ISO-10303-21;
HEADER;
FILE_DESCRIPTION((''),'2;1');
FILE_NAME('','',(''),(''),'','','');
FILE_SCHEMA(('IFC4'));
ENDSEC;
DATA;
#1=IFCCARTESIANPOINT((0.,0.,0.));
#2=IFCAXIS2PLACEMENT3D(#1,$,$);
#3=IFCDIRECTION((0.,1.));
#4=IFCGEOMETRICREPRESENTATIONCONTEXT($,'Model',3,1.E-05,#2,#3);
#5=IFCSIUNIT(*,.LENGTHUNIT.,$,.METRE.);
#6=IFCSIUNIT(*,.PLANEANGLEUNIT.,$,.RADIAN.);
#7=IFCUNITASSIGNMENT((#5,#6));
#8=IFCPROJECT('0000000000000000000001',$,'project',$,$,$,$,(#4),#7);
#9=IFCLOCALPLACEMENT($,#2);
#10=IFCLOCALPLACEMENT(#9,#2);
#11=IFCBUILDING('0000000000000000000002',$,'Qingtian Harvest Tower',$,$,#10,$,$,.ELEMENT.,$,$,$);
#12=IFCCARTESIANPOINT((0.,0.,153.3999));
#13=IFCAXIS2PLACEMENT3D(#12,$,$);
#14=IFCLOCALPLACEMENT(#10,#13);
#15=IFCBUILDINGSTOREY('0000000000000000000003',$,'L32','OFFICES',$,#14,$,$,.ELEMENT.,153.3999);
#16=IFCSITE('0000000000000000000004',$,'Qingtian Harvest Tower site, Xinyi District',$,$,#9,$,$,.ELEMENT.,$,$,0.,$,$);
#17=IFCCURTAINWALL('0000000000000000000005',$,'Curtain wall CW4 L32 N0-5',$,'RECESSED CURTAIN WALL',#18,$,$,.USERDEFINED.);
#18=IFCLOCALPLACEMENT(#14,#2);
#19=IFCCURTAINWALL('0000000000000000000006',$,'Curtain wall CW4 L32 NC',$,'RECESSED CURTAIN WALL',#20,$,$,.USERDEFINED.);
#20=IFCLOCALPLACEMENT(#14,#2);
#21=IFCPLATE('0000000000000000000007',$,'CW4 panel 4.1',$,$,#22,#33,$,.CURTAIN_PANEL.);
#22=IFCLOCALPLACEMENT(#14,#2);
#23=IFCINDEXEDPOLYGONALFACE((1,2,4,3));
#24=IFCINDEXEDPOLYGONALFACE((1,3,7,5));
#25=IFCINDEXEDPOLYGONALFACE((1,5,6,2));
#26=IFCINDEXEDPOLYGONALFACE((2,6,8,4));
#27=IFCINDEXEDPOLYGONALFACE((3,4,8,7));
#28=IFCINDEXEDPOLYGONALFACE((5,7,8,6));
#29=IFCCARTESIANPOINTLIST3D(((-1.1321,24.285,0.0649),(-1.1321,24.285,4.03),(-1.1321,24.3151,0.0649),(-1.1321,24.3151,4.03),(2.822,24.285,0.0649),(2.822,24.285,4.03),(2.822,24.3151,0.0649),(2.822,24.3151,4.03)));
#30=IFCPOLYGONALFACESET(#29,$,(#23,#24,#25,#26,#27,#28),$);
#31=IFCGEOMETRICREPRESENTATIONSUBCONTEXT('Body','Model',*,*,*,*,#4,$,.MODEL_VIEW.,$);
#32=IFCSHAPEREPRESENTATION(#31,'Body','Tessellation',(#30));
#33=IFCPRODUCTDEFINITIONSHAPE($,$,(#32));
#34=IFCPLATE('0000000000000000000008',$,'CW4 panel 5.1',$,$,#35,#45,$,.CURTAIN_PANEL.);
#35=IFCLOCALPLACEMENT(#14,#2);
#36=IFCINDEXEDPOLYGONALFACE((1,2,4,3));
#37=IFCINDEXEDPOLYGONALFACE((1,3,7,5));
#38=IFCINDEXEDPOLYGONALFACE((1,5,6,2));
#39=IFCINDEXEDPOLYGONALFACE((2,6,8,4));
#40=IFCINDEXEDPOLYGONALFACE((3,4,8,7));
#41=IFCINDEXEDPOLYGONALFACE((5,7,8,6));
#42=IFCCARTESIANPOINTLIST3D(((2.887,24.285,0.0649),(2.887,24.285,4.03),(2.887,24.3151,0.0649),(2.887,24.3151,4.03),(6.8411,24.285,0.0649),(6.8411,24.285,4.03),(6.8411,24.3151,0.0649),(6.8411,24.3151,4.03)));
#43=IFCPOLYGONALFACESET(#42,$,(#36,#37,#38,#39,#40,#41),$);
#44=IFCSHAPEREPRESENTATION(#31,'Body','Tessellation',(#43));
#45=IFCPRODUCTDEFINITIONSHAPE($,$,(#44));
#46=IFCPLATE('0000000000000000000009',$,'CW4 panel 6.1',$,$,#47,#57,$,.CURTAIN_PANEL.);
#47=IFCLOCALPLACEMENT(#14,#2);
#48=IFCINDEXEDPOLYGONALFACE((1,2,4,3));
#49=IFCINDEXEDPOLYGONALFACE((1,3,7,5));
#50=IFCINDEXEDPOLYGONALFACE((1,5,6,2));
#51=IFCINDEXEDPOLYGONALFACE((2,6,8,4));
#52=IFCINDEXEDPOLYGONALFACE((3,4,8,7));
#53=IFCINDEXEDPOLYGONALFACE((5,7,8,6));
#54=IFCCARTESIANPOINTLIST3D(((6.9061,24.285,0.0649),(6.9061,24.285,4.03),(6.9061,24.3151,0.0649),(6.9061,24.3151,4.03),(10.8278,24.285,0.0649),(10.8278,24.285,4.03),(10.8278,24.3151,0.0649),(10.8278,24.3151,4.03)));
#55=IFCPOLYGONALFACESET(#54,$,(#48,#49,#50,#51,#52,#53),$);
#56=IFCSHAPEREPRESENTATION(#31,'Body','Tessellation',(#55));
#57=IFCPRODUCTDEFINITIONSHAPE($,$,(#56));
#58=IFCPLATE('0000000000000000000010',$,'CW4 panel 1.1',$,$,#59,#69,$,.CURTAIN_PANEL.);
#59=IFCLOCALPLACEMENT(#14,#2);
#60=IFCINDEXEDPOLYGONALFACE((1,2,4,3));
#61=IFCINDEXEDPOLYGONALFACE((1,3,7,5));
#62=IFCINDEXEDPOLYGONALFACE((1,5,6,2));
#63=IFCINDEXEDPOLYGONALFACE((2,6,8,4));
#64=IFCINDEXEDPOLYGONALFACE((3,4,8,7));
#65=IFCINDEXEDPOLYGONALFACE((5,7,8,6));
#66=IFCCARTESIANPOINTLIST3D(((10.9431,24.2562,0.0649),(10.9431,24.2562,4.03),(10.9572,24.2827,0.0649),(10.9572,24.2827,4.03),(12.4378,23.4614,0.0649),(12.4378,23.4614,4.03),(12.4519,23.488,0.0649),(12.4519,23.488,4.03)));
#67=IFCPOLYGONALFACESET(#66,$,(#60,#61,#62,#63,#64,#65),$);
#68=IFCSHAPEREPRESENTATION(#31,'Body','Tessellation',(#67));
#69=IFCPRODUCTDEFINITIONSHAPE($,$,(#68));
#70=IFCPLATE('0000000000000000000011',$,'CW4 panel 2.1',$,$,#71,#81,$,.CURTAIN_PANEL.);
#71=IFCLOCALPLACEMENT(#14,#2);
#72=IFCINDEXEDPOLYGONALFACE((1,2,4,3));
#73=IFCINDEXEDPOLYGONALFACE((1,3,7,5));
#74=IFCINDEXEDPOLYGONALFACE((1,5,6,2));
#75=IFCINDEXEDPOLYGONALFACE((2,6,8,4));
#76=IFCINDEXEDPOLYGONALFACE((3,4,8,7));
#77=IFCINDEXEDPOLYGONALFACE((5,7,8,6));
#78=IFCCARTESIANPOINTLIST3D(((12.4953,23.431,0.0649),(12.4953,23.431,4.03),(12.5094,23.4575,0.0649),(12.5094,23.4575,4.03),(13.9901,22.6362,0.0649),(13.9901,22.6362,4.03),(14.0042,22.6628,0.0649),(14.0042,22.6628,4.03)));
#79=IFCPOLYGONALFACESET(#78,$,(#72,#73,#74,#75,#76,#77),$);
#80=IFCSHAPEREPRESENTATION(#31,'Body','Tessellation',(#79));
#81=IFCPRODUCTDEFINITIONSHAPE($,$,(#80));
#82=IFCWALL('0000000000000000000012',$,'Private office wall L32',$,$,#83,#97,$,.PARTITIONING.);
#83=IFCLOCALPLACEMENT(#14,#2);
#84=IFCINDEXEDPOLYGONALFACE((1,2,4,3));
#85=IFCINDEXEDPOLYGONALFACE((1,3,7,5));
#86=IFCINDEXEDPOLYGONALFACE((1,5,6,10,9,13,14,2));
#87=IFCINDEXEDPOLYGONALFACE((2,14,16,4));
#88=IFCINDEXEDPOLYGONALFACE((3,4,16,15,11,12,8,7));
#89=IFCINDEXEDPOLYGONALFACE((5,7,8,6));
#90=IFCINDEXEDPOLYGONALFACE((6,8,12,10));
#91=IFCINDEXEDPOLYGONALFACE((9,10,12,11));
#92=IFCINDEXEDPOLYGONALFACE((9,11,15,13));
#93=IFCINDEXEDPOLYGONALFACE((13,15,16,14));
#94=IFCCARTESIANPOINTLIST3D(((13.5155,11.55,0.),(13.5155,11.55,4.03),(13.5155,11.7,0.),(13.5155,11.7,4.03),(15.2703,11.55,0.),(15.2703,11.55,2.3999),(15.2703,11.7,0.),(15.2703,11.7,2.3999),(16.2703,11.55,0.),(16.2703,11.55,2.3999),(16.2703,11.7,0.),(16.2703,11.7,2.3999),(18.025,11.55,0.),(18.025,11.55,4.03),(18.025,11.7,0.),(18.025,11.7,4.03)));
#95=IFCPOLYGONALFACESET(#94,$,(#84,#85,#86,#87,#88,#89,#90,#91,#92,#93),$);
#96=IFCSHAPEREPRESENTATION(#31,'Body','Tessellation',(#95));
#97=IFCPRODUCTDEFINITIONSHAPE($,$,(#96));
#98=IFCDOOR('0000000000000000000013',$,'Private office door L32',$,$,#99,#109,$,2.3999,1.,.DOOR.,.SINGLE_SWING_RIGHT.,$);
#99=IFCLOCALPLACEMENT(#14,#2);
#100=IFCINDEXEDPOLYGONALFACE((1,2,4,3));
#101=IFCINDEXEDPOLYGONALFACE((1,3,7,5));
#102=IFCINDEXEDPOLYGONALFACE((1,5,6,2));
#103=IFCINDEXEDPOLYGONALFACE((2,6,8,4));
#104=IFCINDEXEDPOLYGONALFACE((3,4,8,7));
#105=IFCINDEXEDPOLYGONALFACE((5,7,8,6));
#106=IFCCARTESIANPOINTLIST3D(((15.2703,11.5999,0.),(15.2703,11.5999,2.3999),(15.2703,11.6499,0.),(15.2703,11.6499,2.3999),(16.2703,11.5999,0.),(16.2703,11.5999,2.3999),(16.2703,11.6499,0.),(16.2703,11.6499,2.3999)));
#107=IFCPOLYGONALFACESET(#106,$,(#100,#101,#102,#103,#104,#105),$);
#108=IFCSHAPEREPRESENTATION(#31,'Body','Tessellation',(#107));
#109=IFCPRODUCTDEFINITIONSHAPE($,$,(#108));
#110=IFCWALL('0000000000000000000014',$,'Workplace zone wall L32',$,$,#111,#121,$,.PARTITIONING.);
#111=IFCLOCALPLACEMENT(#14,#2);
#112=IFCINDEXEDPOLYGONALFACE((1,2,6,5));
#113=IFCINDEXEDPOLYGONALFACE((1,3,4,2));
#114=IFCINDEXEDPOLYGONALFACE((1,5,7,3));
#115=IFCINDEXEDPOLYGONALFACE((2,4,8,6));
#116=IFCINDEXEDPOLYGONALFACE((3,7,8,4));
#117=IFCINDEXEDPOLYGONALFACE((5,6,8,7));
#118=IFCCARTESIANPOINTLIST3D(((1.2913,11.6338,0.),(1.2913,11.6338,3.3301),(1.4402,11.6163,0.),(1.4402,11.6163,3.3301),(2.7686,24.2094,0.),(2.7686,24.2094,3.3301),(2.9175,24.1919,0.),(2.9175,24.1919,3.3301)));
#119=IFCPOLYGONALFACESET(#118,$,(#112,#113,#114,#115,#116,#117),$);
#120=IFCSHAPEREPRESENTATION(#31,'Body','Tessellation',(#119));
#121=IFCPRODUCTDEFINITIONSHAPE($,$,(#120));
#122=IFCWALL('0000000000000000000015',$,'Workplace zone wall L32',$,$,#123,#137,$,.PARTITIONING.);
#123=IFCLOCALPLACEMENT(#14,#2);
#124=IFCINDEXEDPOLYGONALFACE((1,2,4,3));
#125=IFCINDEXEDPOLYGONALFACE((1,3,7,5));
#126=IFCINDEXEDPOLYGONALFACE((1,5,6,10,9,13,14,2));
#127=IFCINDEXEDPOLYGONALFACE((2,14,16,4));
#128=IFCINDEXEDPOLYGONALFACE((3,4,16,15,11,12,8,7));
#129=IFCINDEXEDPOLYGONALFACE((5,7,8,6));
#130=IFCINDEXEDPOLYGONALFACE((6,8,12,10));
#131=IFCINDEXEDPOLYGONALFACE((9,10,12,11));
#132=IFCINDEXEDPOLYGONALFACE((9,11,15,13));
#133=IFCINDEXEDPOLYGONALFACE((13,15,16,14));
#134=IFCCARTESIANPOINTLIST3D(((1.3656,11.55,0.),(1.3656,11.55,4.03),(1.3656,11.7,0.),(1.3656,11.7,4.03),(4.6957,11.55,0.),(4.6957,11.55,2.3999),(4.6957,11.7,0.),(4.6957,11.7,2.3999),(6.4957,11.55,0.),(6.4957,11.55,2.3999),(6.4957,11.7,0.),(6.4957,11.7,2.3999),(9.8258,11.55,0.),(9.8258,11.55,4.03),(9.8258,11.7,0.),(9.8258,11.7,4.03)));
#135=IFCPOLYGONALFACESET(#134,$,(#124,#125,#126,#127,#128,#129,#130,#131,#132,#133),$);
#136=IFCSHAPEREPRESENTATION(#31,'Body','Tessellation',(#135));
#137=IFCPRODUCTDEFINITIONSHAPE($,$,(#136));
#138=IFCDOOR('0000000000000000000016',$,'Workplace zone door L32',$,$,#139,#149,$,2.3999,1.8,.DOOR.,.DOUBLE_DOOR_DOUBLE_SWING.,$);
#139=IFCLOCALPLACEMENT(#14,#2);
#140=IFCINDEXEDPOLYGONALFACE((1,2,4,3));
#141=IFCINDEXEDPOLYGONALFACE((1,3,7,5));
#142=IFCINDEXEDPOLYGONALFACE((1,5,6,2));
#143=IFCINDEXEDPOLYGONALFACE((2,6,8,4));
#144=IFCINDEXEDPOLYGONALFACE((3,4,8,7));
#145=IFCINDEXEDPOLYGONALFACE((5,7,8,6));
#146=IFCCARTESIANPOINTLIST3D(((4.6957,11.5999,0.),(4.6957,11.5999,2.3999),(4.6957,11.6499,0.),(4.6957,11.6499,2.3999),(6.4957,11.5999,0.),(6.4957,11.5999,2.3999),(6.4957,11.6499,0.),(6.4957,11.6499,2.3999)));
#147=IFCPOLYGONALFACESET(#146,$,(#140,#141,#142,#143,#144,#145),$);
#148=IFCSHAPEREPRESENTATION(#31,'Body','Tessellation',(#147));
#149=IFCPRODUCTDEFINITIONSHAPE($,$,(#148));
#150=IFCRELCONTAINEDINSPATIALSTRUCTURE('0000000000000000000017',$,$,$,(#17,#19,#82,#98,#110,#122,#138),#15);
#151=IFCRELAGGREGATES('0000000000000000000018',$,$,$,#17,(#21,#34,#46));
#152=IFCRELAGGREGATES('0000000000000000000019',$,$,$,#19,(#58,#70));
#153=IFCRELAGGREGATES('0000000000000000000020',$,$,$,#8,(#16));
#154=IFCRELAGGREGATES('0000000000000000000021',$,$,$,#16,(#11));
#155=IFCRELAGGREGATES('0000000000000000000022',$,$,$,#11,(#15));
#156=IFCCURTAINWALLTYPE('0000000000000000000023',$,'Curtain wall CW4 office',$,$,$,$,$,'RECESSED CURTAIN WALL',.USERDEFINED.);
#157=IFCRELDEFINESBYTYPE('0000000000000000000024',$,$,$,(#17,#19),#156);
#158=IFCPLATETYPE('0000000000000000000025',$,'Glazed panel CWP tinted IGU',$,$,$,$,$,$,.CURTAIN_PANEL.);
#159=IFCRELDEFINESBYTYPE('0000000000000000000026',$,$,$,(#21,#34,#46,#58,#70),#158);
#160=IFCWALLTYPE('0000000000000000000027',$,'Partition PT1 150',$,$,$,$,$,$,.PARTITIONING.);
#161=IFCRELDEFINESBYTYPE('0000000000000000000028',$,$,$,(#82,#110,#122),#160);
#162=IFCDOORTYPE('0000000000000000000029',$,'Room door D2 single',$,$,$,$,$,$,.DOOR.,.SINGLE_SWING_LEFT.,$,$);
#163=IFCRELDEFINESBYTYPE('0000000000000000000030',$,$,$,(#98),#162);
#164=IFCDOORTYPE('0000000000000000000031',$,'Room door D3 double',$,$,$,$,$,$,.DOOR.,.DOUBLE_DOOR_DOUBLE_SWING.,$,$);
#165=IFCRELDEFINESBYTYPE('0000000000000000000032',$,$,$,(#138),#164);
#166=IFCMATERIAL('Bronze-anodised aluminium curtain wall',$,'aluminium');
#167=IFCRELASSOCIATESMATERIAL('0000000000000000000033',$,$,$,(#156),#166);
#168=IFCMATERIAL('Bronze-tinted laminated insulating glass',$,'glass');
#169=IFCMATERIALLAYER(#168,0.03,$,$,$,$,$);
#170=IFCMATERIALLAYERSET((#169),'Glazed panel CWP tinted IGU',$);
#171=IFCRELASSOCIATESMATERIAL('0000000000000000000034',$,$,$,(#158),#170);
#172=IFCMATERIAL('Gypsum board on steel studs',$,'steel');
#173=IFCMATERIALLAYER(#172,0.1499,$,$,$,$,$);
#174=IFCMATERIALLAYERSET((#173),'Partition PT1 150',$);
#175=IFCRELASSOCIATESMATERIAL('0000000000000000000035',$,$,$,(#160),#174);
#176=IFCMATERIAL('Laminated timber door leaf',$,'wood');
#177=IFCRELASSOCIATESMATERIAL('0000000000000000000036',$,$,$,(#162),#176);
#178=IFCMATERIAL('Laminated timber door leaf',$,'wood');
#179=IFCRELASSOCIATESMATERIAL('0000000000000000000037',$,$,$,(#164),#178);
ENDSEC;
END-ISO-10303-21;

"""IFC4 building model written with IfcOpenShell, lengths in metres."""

from ifc_helpers import new_model, si_unit, direction, frame, frame_2d, origin, origin_2d, place, context, subcontext, project, spatial, rectangle, extrude, material, layer, layer_set, type_object, element, fill, aggregate, save


model = new_model("IFC4")

# Units and contexts
model_context = context("Model", 3, precision=1e-05, world=origin(), true_north=direction((0.0, 1.0)))
body_context = subcontext(model_context, "Body", "Model", "MODEL_VIEW")
ifc_project = project(units=[si_unit("LENGTHUNIT", "METRE"), si_unit("PLANEANGLEUNIT", "RADIAN")], contexts=[model_context])

# Site, building, storey
site_placement = place(None, origin())
site = spatial("IfcSite", under=ifc_project, at=site_placement, Name="Qingtian Harvest Tower site, Xinyi District", CompositionType="ELEMENT", RefElevation=0.0)
building_placement = place(site_placement, origin())
building = spatial("IfcBuilding", under=site, at=building_placement, Name="Qingtian Harvest Tower", CompositionType="ELEMENT")
storey_placement = place(building_placement, frame((0.0, 0.0, 153.3999)))
storey = spatial("IfcBuildingStorey", under=building, at=storey_placement, Name="L32", Description="OFFICES", CompositionType="ELEMENT", Elevation=153.3999)

# Curtain walls
ifc_material_1 = material(Name="Bronze-anodised aluminium curtain wall", Category="aluminium")
curtain_wall_type = type_object("IfcCurtainWallType", Name="Curtain wall CW4 office", ElementType="RECESSED CURTAIN WALL", PredefinedType="USERDEFINED", material=ifc_material_1)
curtain_wall_1_placement = place(storey_placement, origin())
curtain_wall_1 = element("IfcCurtainWall", 1, at=curtain_wall_1_placement, inside=storey, type_object=curtain_wall_type, Name="Curtain wall CW4 L32 N0-5", ObjectType="RECESSED CURTAIN WALL", PredefinedType="USERDEFINED")
curtain_wall_2_placement = place(storey_placement, origin())
curtain_wall_2 = element("IfcCurtainWall", 2, at=curtain_wall_2_placement, inside=storey, type_object=curtain_wall_type, Name="Curtain wall CW4 L32 NC", ObjectType="RECESSED CURTAIN WALL", PredefinedType="USERDEFINED")

# Plates
ifc_material_2 = material(Name="Bronze-tinted laminated insulating glass", Category="glass")
ifc_layer_1 = layer(ifc_material_2, 0.03)
ifc_layer_set_1 = layer_set([ifc_layer_1], Name="Glazed panel CWP tinted IGU")
plate_type = type_object("IfcPlateType", Name="Glazed panel CWP tinted IGU", PredefinedType="CURTAIN_PANEL", material=ifc_layer_set_1)
plate_1_placement = place(storey_placement, frame((0.845, 24.3, 0.0649), z_axis=(0.0, 0.0, 1.0), x_axis=(1.0, 0.0, 0.0)))
plate_1 = element("IfcPlate", 3, at=plate_1_placement, type_object=plate_type, Name="CW4 panel 4.1", PredefinedType="CURTAIN_PANEL", context=body_context, shape_type="SweptSolid", body=[
    extrude(rectangle(XDim=3.9541, YDim=0.03, at=origin_2d()), origin(), (0.0, 0.0, 1.0), 3.9651),
])
plate_2_placement = place(storey_placement, frame((4.864, 24.3, 0.0649), z_axis=(0.0, 0.0, 1.0), x_axis=(1.0, 0.0, 0.0)))
plate_2 = element("IfcPlate", 4, at=plate_2_placement, type_object=plate_type, Name="CW4 panel 5.1", PredefinedType="CURTAIN_PANEL", context=body_context, shape_type="SweptSolid", body=[
    extrude(rectangle(XDim=3.9541, YDim=0.03, at=origin_2d()), origin(), (0.0, 0.0, 1.0), 3.9651),
])
plate_3_placement = place(storey_placement, frame((8.8669, 24.3, 0.0649), z_axis=(0.0, 0.0, 1.0), x_axis=(1.0, 0.0, 0.0)))
plate_3 = element("IfcPlate", 5, at=plate_3_placement, type_object=plate_type, Name="CW4 panel 6.1", PredefinedType="CURTAIN_PANEL", context=body_context, shape_type="SweptSolid", body=[
    extrude(rectangle(XDim=3.9216, YDim=0.03, at=origin_2d()), origin(), (0.0, 0.0, 1.0), 3.9651),
])
aggregate(curtain_wall_1, [plate_1, plate_2, plate_3])
plate_4_placement = place(storey_placement, frame((11.6975, 23.8721, 0.0649), z_axis=(0.0, 0.0, 1.0), x_axis=(0.882948, -0.469472, 0.0)))
plate_4 = element("IfcPlate", 6, at=plate_4_placement, type_object=plate_type, Name="CW4 panel 1.1", PredefinedType="CURTAIN_PANEL", context=body_context, shape_type="SweptSolid", body=[
    extrude(rectangle(XDim=1.6929, YDim=0.03, at=origin_2d()), origin(), (0.0, 0.0, 1.0), 3.9651),
])
plate_5_placement = place(storey_placement, frame((13.2498, 23.0469, 0.0649), z_axis=(0.0, 0.0, 1.0), x_axis=(0.882948, -0.469472, 0.0)))
plate_5 = element("IfcPlate", 7, at=plate_5_placement, type_object=plate_type, Name="CW4 panel 2.1", PredefinedType="CURTAIN_PANEL", context=body_context, shape_type="SweptSolid", body=[
    extrude(rectangle(XDim=1.6929, YDim=0.03, at=origin_2d()), origin(), (0.0, 0.0, 1.0), 3.9651),
])
aggregate(curtain_wall_2, [plate_4, plate_5])

# Wall, opening, door
ifc_material_3 = material(Name="Gypsum board on steel studs", Category="steel")
ifc_layer_2 = layer(ifc_material_3, 0.1499)
ifc_layer_set_2 = layer_set([ifc_layer_2], Name="Partition PT1 150")
wall_type = type_object("IfcWallType", Name="Partition PT1 150", PredefinedType="PARTITIONING", material=ifc_layer_set_2)
ifc_material_4 = material(Name="Laminated timber door leaf", Category="wood")
door_type_1 = type_object("IfcDoorType", Name="Room door D2 single", OperationType="SINGLE_SWING_LEFT", PredefinedType="DOOR", material=ifc_material_4)
wall_1_placement = place(storey_placement, frame((13.5154, 11.625, 0.0), z_axis=(0.0, 0.0, 1.0), x_axis=(1.0, 0.0, 0.0)))
wall_1 = element("IfcWall", 8, at=wall_1_placement, inside=storey, type_object=wall_type, Name="Private office wall L32", PredefinedType="PARTITIONING", context=body_context, shape_type="SweptSolid", body=[
    extrude(rectangle(XDim=4.5095, YDim=0.1499, at=frame_2d((2.2549, 0.0))), origin(), (0.0, 0.0, 1.0), 4.03),
])
opening_1_placement = place(wall_1_placement, frame((1.7549, 0.0, 0.0)))
opening_1 = element("IfcOpeningElement", 9, at=opening_1_placement, cuts=wall_1, PredefinedType="OPENING", context=body_context, shape_type="SweptSolid", body=[
    extrude(rectangle(XDim=1.0, YDim=2.3999, at=frame_2d((0.5, 1.2))), frame((0.0, 0.085, 0.0), z_axis=(0.0, -1.0, 0.0), x_axis=(1.0, 0.0, 0.0)), (0.0, 0.0, 1.0), 0.1699),
])
door_1_placement = place(opening_1_placement, origin())
door_1 = element("IfcDoor", 10, at=door_1_placement, inside=storey, type_object=door_type_1, Name="Private office door L32", OperationType="SINGLE_SWING_RIGHT", OverallHeight=2.3999, OverallWidth=1.0, PredefinedType="DOOR", context=body_context, shape_type="SweptSolid", body=[
    extrude(rectangle(XDim=1.0, YDim=2.3999, at=frame_2d((0.5, 1.2))), frame((0.0, 0.0249, 0.0), z_axis=(0.0, -1.0, 0.0), x_axis=(1.0, 0.0, 0.0)), (0.0, 0.0, 1.0), 0.05),
])
fill(opening_1, door_1)

# Wall
wall_2_placement = place(storey_placement, frame((2.843, 24.2007, 0.0), z_axis=(0.0, 0.0, 1.0), x_axis=(-0.11667, -0.993171, 0.0)))
element("IfcWall", 11, at=wall_2_placement, inside=storey, type_object=wall_type, Name="Workplace zone wall L32", PredefinedType="PARTITIONING", context=body_context, shape_type="SweptSolid", body=[
    extrude(rectangle(XDim=12.6621, YDim=0.1499, at=frame_2d((6.3311, 0.0))), origin(), (0.0, 0.0, 1.0), 3.3301),
])

# Wall, opening, door
wall_3_placement = place(storey_placement, frame((1.3657, 11.625, 0.0), z_axis=(0.0, 0.0, 1.0), x_axis=(1.0, 0.0, 0.0)))
wall_3 = element("IfcWall", 12, at=wall_3_placement, inside=storey, type_object=wall_type, Name="Workplace zone wall L32", PredefinedType="PARTITIONING", context=body_context, shape_type="SweptSolid", body=[
    extrude(rectangle(XDim=8.4602, YDim=0.1499, at=frame_2d((4.23, 0.0))), origin(), (0.0, 0.0, 1.0), 4.03),
])
opening_2_placement = place(wall_3_placement, frame((3.3301, 0.0, 0.0)))
opening_2 = element("IfcOpeningElement", 13, at=opening_2_placement, cuts=wall_3, PredefinedType="OPENING", context=body_context, shape_type="SweptSolid", body=[
    extrude(rectangle(XDim=1.8, YDim=2.3999, at=frame_2d((0.8999, 1.2))), frame((0.0, 0.085, 0.0), z_axis=(0.0, -1.0, 0.0), x_axis=(1.0, 0.0, 0.0)), (0.0, 0.0, 1.0), 0.1699),
])
ifc_material_5 = material(Name="Laminated timber door leaf", Category="wood")
door_type_2 = type_object("IfcDoorType", Name="Room door D3 double", OperationType="DOUBLE_DOOR_DOUBLE_SWING", PredefinedType="DOOR", material=ifc_material_5)
door_2_placement = place(opening_2_placement, origin())
door_2 = element("IfcDoor", 14, at=door_2_placement, inside=storey, type_object=door_type_2, Name="Workplace zone door L32", OperationType="DOUBLE_DOOR_DOUBLE_SWING", OverallHeight=2.3999, OverallWidth=1.8, PredefinedType="DOOR", context=body_context, shape_type="SweptSolid", body=[
    extrude(rectangle(XDim=1.8, YDim=2.3999, at=frame_2d((0.8999, 1.2))), frame((0.0, 0.0249, 0.0), z_axis=(0.0, -1.0, 0.0), x_axis=(1.0, 0.0, 0.0)), (0.0, 0.0, 1.0), 0.05),
])
fill(opening_2, door_2)

save(model, "model.ifc")
